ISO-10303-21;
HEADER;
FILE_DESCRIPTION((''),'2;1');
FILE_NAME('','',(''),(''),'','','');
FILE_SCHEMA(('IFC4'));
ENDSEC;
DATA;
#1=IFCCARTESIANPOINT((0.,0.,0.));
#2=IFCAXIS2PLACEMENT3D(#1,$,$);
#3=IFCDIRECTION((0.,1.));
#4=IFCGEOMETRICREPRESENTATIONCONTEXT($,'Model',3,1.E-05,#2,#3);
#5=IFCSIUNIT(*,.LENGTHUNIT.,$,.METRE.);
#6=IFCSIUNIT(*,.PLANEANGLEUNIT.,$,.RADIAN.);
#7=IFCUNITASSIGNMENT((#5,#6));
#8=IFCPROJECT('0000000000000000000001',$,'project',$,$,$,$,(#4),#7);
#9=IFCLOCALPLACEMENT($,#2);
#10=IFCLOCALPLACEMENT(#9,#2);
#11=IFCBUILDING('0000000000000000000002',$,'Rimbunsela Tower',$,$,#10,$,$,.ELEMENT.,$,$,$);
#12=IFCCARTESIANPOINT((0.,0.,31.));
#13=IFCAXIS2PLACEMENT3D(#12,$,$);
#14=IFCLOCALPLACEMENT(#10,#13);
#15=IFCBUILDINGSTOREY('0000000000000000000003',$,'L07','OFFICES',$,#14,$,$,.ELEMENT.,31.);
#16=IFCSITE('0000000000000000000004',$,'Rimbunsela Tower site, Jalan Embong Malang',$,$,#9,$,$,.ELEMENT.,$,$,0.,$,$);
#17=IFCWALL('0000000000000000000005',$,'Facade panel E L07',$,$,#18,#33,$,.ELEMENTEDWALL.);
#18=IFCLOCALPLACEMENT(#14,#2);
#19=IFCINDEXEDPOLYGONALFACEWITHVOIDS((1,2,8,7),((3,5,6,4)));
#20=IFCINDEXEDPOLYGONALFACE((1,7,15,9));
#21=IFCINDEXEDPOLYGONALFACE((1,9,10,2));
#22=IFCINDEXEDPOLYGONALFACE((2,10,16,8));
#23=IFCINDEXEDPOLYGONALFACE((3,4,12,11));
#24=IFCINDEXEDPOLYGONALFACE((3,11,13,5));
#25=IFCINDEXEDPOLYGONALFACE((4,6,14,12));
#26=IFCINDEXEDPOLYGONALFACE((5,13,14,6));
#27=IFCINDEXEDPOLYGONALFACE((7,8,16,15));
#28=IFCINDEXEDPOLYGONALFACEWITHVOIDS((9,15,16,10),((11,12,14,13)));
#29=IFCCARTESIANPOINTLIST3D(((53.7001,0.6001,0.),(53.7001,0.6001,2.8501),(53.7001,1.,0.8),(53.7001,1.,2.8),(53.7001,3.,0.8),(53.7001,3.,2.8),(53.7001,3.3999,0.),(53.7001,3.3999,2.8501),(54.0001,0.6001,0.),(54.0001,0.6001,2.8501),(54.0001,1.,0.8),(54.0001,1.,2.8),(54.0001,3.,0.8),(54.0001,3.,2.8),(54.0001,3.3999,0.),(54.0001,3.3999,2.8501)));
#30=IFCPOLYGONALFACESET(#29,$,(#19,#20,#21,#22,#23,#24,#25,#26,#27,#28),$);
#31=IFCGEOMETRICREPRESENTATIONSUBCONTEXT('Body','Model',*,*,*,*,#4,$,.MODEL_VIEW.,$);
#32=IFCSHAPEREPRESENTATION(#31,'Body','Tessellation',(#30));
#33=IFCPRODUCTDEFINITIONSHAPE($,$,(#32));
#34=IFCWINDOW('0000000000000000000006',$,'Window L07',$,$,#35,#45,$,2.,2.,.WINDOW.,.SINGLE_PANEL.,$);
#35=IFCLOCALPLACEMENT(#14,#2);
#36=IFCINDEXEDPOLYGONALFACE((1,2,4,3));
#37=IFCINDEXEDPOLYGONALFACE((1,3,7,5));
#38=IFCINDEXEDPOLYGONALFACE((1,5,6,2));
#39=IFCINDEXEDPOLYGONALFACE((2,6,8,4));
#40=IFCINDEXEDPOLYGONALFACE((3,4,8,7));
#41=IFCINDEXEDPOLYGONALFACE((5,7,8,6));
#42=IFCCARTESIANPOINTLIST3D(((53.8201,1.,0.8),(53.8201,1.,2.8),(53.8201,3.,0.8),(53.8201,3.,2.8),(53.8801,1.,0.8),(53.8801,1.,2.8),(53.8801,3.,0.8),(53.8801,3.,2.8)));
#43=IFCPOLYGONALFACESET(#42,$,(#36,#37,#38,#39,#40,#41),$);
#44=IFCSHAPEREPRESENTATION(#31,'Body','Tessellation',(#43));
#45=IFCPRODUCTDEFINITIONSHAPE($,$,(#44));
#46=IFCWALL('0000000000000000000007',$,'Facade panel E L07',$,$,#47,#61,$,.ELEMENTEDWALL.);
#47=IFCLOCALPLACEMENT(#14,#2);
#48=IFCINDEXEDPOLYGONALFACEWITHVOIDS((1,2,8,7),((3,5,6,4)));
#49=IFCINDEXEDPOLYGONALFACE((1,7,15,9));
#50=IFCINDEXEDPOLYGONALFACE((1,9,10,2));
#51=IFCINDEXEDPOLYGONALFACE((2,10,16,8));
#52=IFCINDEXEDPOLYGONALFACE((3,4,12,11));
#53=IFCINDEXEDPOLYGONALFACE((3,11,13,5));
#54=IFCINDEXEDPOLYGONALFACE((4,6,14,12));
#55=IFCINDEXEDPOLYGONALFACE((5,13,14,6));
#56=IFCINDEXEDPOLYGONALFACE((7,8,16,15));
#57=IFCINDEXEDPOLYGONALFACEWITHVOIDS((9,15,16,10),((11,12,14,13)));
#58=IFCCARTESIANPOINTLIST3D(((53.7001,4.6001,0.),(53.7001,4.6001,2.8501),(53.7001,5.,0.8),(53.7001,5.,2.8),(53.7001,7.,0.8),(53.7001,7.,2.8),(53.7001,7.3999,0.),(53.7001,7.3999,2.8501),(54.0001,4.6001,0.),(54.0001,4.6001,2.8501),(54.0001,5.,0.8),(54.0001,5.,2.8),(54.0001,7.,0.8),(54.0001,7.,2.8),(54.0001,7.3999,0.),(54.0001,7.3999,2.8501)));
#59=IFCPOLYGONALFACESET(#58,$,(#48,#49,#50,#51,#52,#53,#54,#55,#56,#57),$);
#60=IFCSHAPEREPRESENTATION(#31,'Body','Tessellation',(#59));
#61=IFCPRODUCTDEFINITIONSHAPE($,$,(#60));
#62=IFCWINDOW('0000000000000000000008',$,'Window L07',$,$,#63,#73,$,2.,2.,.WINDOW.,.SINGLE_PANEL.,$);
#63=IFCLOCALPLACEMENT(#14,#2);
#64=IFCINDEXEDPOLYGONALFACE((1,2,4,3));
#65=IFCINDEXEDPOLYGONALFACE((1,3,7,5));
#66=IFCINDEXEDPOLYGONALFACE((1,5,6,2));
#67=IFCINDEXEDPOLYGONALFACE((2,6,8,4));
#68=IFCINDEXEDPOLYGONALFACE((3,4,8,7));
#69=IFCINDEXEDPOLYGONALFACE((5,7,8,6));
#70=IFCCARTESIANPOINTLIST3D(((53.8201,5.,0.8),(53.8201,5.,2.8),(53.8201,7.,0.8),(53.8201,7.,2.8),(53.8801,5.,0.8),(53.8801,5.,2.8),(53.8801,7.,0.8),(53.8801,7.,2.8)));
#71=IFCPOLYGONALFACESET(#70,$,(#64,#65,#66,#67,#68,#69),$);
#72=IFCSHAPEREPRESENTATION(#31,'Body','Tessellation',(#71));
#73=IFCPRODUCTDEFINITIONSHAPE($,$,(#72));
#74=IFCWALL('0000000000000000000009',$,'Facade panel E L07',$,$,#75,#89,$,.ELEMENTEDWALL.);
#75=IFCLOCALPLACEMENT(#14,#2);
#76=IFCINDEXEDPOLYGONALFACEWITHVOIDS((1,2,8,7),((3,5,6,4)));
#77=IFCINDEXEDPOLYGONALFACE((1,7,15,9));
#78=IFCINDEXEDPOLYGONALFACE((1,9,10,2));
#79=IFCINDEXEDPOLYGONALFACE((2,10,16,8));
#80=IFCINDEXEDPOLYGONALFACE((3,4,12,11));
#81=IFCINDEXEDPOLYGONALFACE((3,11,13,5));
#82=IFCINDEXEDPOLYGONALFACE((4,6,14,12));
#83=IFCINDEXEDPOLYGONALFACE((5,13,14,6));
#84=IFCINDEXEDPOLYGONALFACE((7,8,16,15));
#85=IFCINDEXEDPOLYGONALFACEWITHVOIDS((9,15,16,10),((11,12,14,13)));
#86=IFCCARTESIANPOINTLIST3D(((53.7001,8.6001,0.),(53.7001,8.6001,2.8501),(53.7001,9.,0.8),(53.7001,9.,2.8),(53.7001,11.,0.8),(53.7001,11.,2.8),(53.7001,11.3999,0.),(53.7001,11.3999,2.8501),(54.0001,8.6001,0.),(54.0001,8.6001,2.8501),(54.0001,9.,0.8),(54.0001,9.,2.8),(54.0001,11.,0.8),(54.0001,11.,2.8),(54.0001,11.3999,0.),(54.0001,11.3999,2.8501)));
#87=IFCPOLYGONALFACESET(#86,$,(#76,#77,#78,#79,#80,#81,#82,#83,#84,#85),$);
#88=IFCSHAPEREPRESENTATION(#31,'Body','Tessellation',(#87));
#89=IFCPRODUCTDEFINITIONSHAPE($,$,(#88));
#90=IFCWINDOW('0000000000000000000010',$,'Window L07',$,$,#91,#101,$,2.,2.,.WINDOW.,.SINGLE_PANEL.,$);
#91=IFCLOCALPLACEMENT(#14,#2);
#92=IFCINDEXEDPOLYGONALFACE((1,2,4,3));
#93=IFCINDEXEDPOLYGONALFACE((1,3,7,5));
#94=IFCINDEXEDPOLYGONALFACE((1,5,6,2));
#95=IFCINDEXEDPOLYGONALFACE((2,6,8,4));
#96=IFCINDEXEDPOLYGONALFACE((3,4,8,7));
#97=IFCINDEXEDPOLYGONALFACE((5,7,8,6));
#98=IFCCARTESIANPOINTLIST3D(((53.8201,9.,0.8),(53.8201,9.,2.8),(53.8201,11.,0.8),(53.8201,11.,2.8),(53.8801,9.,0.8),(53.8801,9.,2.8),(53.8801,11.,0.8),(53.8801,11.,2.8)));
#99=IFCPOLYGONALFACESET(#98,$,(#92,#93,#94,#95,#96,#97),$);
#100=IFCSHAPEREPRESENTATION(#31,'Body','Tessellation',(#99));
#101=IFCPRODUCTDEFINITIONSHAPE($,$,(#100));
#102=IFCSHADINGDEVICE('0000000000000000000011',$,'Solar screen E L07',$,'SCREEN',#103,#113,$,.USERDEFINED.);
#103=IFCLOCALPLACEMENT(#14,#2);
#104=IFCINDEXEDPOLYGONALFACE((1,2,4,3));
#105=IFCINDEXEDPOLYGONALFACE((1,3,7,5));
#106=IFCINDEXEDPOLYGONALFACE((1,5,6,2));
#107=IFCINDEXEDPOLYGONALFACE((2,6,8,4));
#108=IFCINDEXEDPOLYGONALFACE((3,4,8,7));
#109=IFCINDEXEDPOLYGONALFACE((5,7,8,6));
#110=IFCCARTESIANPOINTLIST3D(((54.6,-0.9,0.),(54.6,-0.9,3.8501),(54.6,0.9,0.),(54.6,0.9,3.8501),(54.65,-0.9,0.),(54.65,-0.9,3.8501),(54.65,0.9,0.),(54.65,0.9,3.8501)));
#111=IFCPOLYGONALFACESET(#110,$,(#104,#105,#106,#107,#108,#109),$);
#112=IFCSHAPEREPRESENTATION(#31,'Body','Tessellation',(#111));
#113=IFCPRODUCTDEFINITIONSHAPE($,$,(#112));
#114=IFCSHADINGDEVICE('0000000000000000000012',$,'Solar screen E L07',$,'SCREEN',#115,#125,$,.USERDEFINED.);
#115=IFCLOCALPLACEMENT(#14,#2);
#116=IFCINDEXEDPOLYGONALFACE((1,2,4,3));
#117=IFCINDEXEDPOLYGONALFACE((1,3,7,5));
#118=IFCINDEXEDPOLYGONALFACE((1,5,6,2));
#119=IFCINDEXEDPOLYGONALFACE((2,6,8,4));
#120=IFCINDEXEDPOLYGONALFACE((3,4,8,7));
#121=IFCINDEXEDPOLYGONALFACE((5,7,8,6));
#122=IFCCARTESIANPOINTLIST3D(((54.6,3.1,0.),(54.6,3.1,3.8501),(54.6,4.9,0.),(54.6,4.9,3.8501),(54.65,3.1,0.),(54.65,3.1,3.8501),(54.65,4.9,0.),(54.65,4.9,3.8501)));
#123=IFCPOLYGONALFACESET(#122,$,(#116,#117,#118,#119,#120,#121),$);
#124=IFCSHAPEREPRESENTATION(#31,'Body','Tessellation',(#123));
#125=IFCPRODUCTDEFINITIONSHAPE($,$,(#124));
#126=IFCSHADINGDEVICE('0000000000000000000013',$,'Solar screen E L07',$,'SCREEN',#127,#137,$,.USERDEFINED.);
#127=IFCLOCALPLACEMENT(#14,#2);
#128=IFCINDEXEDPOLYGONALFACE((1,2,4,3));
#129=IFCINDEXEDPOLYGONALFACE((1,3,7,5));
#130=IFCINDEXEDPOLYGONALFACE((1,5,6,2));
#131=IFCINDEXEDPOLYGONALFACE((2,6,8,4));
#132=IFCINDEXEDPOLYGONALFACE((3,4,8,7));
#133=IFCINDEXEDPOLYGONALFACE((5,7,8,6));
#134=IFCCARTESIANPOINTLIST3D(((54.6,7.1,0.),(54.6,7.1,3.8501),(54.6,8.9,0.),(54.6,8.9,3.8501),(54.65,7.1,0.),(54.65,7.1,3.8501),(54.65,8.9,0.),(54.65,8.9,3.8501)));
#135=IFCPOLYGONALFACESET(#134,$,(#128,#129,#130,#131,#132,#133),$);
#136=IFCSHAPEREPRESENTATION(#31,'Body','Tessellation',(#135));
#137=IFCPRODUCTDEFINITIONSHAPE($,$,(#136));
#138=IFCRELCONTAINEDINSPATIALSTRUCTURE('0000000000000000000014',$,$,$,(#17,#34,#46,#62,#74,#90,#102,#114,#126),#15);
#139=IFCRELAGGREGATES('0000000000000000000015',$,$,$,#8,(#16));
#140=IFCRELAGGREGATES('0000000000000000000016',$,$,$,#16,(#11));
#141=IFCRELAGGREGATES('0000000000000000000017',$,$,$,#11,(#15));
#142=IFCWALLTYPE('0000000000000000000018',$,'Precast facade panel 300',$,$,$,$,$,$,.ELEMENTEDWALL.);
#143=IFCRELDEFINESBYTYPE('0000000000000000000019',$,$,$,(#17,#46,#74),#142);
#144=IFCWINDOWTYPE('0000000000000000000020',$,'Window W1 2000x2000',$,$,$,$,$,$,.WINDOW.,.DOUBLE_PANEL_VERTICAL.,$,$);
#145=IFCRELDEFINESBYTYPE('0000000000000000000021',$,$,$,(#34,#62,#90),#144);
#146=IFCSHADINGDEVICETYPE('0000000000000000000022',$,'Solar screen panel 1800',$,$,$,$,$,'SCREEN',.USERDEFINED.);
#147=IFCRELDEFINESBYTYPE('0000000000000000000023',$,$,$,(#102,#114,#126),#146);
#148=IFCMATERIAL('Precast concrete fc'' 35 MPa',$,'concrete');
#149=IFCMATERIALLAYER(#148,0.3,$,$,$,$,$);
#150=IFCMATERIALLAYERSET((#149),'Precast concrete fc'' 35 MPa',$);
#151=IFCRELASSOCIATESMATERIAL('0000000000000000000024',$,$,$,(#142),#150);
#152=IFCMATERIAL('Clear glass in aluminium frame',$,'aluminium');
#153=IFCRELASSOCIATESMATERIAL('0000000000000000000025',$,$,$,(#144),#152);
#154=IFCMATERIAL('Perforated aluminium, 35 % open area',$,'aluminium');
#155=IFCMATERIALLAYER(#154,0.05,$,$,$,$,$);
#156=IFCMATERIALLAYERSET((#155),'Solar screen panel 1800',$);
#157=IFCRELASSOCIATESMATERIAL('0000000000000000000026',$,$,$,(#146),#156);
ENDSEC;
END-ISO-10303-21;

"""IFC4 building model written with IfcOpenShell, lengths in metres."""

from ifc_helpers import new_model, si_unit, direction, frame, frame_2d, origin, origin_2d, place, context, subcontext, project, spatial, rectangle, extrude, material, layer, layer_set, type_object, element, fill, save


model = new_model("IFC4")

# Units and contexts
model_context = context("Model", 3, precision=1e-05, world=origin(), true_north=direction((0.0, 1.0)))
body_context = subcontext(model_context, "Body", "Model", "MODEL_VIEW")
ifc_project = project(units=[si_unit("LENGTHUNIT", "METRE"), si_unit("PLANEANGLEUNIT", "RADIAN")], contexts=[model_context])

# Site, building, storey
site_placement = place(None, origin())
site = spatial("IfcSite", under=ifc_project, at=site_placement, Name="Rimbunsela Tower site, Jalan Embong Malang", CompositionType="ELEMENT", RefElevation=0.0)
building_placement = place(site_placement, origin())
building = spatial("IfcBuilding", under=site, at=building_placement, Name="Rimbunsela Tower", CompositionType="ELEMENT")
storey_placement = place(building_placement, frame((0.0, 0.0, 31.0)))
storey = spatial("IfcBuildingStorey", under=building, at=storey_placement, Name="L07", Description="OFFICES", CompositionType="ELEMENT", Elevation=31.0)

# Walls, openings, windows
ifc_material_1 = material(Name="Precast concrete fc' 35 MPa", Category="concrete")
ifc_layer_1 = layer(ifc_material_1, 0.3)
ifc_layer_set_1 = layer_set([ifc_layer_1], Name="Precast concrete fc' 35 MPa")
wall_type = type_object("IfcWallType", Name="Precast facade panel 300", PredefinedType="ELEMENTEDWALL", material=ifc_layer_set_1)
wall_1_placement = place(storey_placement, frame((53.8501, 0.6001, 0.0), z_axis=(0.0, 0.0, 1.0), x_axis=(0.0, 1.0, 0.0)))
wall_1 = element("IfcWall", 1, at=wall_1_placement, inside=storey, type_object=wall_type, Name="Facade panel E L07", PredefinedType="ELEMENTEDWALL", context=body_context, shape_type="SweptSolid", body=[
    extrude(rectangle(XDim=2.7998, YDim=0.3, at=frame_2d((1.3999, 0.0))), origin(), (0.0, 0.0, 1.0), 2.8501),
])
opening_1_placement = place(wall_1_placement, frame((0.3999, 0.0, 0.8)))
opening_1 = element("IfcOpeningElement", 2, at=opening_1_placement, cuts=wall_1, PredefinedType="OPENING", context=body_context, shape_type="SweptSolid", body=[
    extrude(rectangle(XDim=2.0, YDim=2.0, at=frame_2d((1.0, 1.0))), frame((0.0, 0.1599, 0.0), z_axis=(0.0, -1.0, 0.0), x_axis=(1.0, 0.0, 0.0)), (0.0, 0.0, 1.0), 0.3201),
])
ifc_material_2 = material(Name="Clear glass in aluminium frame", Category="aluminium")
window_type = type_object("IfcWindowType", Name="Window W1 2000x2000", PartitioningType="DOUBLE_PANEL_VERTICAL", PredefinedType="WINDOW", material=ifc_material_2)
window_1_placement = place(opening_1_placement, origin())
window_1 = element("IfcWindow", 3, at=window_1_placement, inside=storey, type_object=window_type, Name="Window L07", OverallHeight=2.0, OverallWidth=2.0, PartitioningType="SINGLE_PANEL", PredefinedType="WINDOW", context=body_context, shape_type="SweptSolid", body=[
    extrude(rectangle(XDim=2.0, YDim=2.0, at=frame_2d((1.0, 1.0))), frame((0.0, 0.03, 0.0), z_axis=(0.0, -1.0, 0.0), x_axis=(1.0, 0.0, 0.0)), (0.0, 0.0, 1.0), 0.0601),
])
fill(opening_1, window_1)
wall_2_placement = place(storey_placement, frame((53.8501, 4.6001, 0.0), z_axis=(0.0, 0.0, 1.0), x_axis=(0.0, 1.0, 0.0)))
wall_2 = element("IfcWall", 4, at=wall_2_placement, inside=storey, type_object=wall_type, Name="Facade panel E L07", PredefinedType="ELEMENTEDWALL", context=body_context, shape_type="SweptSolid", body=[
    extrude(rectangle(XDim=2.7998, YDim=0.3, at=frame_2d((1.3999, 0.0))), origin(), (0.0, 0.0, 1.0), 2.8501),
])
opening_2_placement = place(wall_2_placement, frame((0.3999, 0.0, 0.8)))
opening_2 = element("IfcOpeningElement", 5, at=opening_2_placement, cuts=wall_2, PredefinedType="OPENING", context=body_context, shape_type="SweptSolid", body=[
    extrude(rectangle(XDim=2.0, YDim=2.0, at=frame_2d((1.0, 1.0))), frame((0.0, 0.1599, 0.0), z_axis=(0.0, -1.0, 0.0), x_axis=(1.0, 0.0, 0.0)), (0.0, 0.0, 1.0), 0.3201),
])
window_2_placement = place(opening_2_placement, origin())
window_2 = element("IfcWindow", 6, at=window_2_placement, inside=storey, type_object=window_type, Name="Window L07", OverallHeight=2.0, OverallWidth=2.0, PartitioningType="SINGLE_PANEL", PredefinedType="WINDOW", context=body_context, shape_type="SweptSolid", body=[
    extrude(rectangle(XDim=2.0, YDim=2.0, at=frame_2d((1.0, 1.0))), frame((0.0, 0.03, 0.0), z_axis=(0.0, -1.0, 0.0), x_axis=(1.0, 0.0, 0.0)), (0.0, 0.0, 1.0), 0.0601),
])
fill(opening_2, window_2)
wall_3_placement = place(storey_placement, frame((53.8501, 8.6001, 0.0), z_axis=(0.0, 0.0, 1.0), x_axis=(0.0, 1.0, 0.0)))
wall_3 = element("IfcWall", 7, at=wall_3_placement, inside=storey, type_object=wall_type, Name="Facade panel E L07", PredefinedType="ELEMENTEDWALL", context=body_context, shape_type="SweptSolid", body=[
    extrude(rectangle(XDim=2.7998, YDim=0.3, at=frame_2d((1.3999, 0.0))), origin(), (0.0, 0.0, 1.0), 2.8501),
])
opening_3_placement = place(wall_3_placement, frame((0.3999, 0.0, 0.8)))
opening_3 = element("IfcOpeningElement", 8, at=opening_3_placement, cuts=wall_3, PredefinedType="OPENING", context=body_context, shape_type="SweptSolid", body=[
    extrude(rectangle(XDim=2.0, YDim=2.0, at=frame_2d((1.0, 1.0))), frame((0.0, 0.1599, 0.0), z_axis=(0.0, -1.0, 0.0), x_axis=(1.0, 0.0, 0.0)), (0.0, 0.0, 1.0), 0.3201),
])
window_3_placement = place(opening_3_placement, origin())
window_3 = element("IfcWindow", 9, at=window_3_placement, inside=storey, type_object=window_type, Name="Window L07", OverallHeight=2.0, OverallWidth=2.0, PartitioningType="SINGLE_PANEL", PredefinedType="WINDOW", context=body_context, shape_type="SweptSolid", body=[
    extrude(rectangle(XDim=2.0, YDim=2.0, at=frame_2d((1.0, 1.0))), frame((0.0, 0.03, 0.0), z_axis=(0.0, -1.0, 0.0), x_axis=(1.0, 0.0, 0.0)), (0.0, 0.0, 1.0), 0.0601),
])
fill(opening_3, window_3)

# Shading devices
ifc_material_3 = material(Name="Perforated aluminium, 35 % open area", Category="aluminium")
ifc_layer_2 = layer(ifc_material_3, 0.05)
ifc_layer_set_2 = layer_set([ifc_layer_2], Name="Solar screen panel 1800")
shading_device_type = type_object("IfcShadingDeviceType", Name="Solar screen panel 1800", ElementType="SCREEN", PredefinedType="USERDEFINED", material=ifc_layer_set_2)
for number, where, z_axis, x_axis, name in (
    (10, (54.625, 0.0, 0.0), (0.0, 0.0, 1.0), (0.0, 1.0, 0.0), "Solar screen E L07"),
    (11, (54.625, 4.0, 0.0), (0.0, 0.0, 1.0), (0.0, 1.0, 0.0), "Solar screen E L07"),
    (12, (54.625, 8.0, 0.0), (0.0, 0.0, 1.0), (0.0, 1.0, 0.0), "Solar screen E L07"),
):
    element("IfcShadingDevice", number, at=place(storey_placement, frame(where, z_axis=z_axis, x_axis=x_axis)), inside=storey, type_object=shading_device_type, Name=name, ObjectType="SCREEN", PredefinedType="USERDEFINED", context=body_context, shape_type="SweptSolid", body=[
        extrude(rectangle(XDim=1.8, YDim=0.05, at=origin_2d()), origin(), (0.0, 0.0, 1.0), 3.8501),
    ])

save(model, "model.ifc")
